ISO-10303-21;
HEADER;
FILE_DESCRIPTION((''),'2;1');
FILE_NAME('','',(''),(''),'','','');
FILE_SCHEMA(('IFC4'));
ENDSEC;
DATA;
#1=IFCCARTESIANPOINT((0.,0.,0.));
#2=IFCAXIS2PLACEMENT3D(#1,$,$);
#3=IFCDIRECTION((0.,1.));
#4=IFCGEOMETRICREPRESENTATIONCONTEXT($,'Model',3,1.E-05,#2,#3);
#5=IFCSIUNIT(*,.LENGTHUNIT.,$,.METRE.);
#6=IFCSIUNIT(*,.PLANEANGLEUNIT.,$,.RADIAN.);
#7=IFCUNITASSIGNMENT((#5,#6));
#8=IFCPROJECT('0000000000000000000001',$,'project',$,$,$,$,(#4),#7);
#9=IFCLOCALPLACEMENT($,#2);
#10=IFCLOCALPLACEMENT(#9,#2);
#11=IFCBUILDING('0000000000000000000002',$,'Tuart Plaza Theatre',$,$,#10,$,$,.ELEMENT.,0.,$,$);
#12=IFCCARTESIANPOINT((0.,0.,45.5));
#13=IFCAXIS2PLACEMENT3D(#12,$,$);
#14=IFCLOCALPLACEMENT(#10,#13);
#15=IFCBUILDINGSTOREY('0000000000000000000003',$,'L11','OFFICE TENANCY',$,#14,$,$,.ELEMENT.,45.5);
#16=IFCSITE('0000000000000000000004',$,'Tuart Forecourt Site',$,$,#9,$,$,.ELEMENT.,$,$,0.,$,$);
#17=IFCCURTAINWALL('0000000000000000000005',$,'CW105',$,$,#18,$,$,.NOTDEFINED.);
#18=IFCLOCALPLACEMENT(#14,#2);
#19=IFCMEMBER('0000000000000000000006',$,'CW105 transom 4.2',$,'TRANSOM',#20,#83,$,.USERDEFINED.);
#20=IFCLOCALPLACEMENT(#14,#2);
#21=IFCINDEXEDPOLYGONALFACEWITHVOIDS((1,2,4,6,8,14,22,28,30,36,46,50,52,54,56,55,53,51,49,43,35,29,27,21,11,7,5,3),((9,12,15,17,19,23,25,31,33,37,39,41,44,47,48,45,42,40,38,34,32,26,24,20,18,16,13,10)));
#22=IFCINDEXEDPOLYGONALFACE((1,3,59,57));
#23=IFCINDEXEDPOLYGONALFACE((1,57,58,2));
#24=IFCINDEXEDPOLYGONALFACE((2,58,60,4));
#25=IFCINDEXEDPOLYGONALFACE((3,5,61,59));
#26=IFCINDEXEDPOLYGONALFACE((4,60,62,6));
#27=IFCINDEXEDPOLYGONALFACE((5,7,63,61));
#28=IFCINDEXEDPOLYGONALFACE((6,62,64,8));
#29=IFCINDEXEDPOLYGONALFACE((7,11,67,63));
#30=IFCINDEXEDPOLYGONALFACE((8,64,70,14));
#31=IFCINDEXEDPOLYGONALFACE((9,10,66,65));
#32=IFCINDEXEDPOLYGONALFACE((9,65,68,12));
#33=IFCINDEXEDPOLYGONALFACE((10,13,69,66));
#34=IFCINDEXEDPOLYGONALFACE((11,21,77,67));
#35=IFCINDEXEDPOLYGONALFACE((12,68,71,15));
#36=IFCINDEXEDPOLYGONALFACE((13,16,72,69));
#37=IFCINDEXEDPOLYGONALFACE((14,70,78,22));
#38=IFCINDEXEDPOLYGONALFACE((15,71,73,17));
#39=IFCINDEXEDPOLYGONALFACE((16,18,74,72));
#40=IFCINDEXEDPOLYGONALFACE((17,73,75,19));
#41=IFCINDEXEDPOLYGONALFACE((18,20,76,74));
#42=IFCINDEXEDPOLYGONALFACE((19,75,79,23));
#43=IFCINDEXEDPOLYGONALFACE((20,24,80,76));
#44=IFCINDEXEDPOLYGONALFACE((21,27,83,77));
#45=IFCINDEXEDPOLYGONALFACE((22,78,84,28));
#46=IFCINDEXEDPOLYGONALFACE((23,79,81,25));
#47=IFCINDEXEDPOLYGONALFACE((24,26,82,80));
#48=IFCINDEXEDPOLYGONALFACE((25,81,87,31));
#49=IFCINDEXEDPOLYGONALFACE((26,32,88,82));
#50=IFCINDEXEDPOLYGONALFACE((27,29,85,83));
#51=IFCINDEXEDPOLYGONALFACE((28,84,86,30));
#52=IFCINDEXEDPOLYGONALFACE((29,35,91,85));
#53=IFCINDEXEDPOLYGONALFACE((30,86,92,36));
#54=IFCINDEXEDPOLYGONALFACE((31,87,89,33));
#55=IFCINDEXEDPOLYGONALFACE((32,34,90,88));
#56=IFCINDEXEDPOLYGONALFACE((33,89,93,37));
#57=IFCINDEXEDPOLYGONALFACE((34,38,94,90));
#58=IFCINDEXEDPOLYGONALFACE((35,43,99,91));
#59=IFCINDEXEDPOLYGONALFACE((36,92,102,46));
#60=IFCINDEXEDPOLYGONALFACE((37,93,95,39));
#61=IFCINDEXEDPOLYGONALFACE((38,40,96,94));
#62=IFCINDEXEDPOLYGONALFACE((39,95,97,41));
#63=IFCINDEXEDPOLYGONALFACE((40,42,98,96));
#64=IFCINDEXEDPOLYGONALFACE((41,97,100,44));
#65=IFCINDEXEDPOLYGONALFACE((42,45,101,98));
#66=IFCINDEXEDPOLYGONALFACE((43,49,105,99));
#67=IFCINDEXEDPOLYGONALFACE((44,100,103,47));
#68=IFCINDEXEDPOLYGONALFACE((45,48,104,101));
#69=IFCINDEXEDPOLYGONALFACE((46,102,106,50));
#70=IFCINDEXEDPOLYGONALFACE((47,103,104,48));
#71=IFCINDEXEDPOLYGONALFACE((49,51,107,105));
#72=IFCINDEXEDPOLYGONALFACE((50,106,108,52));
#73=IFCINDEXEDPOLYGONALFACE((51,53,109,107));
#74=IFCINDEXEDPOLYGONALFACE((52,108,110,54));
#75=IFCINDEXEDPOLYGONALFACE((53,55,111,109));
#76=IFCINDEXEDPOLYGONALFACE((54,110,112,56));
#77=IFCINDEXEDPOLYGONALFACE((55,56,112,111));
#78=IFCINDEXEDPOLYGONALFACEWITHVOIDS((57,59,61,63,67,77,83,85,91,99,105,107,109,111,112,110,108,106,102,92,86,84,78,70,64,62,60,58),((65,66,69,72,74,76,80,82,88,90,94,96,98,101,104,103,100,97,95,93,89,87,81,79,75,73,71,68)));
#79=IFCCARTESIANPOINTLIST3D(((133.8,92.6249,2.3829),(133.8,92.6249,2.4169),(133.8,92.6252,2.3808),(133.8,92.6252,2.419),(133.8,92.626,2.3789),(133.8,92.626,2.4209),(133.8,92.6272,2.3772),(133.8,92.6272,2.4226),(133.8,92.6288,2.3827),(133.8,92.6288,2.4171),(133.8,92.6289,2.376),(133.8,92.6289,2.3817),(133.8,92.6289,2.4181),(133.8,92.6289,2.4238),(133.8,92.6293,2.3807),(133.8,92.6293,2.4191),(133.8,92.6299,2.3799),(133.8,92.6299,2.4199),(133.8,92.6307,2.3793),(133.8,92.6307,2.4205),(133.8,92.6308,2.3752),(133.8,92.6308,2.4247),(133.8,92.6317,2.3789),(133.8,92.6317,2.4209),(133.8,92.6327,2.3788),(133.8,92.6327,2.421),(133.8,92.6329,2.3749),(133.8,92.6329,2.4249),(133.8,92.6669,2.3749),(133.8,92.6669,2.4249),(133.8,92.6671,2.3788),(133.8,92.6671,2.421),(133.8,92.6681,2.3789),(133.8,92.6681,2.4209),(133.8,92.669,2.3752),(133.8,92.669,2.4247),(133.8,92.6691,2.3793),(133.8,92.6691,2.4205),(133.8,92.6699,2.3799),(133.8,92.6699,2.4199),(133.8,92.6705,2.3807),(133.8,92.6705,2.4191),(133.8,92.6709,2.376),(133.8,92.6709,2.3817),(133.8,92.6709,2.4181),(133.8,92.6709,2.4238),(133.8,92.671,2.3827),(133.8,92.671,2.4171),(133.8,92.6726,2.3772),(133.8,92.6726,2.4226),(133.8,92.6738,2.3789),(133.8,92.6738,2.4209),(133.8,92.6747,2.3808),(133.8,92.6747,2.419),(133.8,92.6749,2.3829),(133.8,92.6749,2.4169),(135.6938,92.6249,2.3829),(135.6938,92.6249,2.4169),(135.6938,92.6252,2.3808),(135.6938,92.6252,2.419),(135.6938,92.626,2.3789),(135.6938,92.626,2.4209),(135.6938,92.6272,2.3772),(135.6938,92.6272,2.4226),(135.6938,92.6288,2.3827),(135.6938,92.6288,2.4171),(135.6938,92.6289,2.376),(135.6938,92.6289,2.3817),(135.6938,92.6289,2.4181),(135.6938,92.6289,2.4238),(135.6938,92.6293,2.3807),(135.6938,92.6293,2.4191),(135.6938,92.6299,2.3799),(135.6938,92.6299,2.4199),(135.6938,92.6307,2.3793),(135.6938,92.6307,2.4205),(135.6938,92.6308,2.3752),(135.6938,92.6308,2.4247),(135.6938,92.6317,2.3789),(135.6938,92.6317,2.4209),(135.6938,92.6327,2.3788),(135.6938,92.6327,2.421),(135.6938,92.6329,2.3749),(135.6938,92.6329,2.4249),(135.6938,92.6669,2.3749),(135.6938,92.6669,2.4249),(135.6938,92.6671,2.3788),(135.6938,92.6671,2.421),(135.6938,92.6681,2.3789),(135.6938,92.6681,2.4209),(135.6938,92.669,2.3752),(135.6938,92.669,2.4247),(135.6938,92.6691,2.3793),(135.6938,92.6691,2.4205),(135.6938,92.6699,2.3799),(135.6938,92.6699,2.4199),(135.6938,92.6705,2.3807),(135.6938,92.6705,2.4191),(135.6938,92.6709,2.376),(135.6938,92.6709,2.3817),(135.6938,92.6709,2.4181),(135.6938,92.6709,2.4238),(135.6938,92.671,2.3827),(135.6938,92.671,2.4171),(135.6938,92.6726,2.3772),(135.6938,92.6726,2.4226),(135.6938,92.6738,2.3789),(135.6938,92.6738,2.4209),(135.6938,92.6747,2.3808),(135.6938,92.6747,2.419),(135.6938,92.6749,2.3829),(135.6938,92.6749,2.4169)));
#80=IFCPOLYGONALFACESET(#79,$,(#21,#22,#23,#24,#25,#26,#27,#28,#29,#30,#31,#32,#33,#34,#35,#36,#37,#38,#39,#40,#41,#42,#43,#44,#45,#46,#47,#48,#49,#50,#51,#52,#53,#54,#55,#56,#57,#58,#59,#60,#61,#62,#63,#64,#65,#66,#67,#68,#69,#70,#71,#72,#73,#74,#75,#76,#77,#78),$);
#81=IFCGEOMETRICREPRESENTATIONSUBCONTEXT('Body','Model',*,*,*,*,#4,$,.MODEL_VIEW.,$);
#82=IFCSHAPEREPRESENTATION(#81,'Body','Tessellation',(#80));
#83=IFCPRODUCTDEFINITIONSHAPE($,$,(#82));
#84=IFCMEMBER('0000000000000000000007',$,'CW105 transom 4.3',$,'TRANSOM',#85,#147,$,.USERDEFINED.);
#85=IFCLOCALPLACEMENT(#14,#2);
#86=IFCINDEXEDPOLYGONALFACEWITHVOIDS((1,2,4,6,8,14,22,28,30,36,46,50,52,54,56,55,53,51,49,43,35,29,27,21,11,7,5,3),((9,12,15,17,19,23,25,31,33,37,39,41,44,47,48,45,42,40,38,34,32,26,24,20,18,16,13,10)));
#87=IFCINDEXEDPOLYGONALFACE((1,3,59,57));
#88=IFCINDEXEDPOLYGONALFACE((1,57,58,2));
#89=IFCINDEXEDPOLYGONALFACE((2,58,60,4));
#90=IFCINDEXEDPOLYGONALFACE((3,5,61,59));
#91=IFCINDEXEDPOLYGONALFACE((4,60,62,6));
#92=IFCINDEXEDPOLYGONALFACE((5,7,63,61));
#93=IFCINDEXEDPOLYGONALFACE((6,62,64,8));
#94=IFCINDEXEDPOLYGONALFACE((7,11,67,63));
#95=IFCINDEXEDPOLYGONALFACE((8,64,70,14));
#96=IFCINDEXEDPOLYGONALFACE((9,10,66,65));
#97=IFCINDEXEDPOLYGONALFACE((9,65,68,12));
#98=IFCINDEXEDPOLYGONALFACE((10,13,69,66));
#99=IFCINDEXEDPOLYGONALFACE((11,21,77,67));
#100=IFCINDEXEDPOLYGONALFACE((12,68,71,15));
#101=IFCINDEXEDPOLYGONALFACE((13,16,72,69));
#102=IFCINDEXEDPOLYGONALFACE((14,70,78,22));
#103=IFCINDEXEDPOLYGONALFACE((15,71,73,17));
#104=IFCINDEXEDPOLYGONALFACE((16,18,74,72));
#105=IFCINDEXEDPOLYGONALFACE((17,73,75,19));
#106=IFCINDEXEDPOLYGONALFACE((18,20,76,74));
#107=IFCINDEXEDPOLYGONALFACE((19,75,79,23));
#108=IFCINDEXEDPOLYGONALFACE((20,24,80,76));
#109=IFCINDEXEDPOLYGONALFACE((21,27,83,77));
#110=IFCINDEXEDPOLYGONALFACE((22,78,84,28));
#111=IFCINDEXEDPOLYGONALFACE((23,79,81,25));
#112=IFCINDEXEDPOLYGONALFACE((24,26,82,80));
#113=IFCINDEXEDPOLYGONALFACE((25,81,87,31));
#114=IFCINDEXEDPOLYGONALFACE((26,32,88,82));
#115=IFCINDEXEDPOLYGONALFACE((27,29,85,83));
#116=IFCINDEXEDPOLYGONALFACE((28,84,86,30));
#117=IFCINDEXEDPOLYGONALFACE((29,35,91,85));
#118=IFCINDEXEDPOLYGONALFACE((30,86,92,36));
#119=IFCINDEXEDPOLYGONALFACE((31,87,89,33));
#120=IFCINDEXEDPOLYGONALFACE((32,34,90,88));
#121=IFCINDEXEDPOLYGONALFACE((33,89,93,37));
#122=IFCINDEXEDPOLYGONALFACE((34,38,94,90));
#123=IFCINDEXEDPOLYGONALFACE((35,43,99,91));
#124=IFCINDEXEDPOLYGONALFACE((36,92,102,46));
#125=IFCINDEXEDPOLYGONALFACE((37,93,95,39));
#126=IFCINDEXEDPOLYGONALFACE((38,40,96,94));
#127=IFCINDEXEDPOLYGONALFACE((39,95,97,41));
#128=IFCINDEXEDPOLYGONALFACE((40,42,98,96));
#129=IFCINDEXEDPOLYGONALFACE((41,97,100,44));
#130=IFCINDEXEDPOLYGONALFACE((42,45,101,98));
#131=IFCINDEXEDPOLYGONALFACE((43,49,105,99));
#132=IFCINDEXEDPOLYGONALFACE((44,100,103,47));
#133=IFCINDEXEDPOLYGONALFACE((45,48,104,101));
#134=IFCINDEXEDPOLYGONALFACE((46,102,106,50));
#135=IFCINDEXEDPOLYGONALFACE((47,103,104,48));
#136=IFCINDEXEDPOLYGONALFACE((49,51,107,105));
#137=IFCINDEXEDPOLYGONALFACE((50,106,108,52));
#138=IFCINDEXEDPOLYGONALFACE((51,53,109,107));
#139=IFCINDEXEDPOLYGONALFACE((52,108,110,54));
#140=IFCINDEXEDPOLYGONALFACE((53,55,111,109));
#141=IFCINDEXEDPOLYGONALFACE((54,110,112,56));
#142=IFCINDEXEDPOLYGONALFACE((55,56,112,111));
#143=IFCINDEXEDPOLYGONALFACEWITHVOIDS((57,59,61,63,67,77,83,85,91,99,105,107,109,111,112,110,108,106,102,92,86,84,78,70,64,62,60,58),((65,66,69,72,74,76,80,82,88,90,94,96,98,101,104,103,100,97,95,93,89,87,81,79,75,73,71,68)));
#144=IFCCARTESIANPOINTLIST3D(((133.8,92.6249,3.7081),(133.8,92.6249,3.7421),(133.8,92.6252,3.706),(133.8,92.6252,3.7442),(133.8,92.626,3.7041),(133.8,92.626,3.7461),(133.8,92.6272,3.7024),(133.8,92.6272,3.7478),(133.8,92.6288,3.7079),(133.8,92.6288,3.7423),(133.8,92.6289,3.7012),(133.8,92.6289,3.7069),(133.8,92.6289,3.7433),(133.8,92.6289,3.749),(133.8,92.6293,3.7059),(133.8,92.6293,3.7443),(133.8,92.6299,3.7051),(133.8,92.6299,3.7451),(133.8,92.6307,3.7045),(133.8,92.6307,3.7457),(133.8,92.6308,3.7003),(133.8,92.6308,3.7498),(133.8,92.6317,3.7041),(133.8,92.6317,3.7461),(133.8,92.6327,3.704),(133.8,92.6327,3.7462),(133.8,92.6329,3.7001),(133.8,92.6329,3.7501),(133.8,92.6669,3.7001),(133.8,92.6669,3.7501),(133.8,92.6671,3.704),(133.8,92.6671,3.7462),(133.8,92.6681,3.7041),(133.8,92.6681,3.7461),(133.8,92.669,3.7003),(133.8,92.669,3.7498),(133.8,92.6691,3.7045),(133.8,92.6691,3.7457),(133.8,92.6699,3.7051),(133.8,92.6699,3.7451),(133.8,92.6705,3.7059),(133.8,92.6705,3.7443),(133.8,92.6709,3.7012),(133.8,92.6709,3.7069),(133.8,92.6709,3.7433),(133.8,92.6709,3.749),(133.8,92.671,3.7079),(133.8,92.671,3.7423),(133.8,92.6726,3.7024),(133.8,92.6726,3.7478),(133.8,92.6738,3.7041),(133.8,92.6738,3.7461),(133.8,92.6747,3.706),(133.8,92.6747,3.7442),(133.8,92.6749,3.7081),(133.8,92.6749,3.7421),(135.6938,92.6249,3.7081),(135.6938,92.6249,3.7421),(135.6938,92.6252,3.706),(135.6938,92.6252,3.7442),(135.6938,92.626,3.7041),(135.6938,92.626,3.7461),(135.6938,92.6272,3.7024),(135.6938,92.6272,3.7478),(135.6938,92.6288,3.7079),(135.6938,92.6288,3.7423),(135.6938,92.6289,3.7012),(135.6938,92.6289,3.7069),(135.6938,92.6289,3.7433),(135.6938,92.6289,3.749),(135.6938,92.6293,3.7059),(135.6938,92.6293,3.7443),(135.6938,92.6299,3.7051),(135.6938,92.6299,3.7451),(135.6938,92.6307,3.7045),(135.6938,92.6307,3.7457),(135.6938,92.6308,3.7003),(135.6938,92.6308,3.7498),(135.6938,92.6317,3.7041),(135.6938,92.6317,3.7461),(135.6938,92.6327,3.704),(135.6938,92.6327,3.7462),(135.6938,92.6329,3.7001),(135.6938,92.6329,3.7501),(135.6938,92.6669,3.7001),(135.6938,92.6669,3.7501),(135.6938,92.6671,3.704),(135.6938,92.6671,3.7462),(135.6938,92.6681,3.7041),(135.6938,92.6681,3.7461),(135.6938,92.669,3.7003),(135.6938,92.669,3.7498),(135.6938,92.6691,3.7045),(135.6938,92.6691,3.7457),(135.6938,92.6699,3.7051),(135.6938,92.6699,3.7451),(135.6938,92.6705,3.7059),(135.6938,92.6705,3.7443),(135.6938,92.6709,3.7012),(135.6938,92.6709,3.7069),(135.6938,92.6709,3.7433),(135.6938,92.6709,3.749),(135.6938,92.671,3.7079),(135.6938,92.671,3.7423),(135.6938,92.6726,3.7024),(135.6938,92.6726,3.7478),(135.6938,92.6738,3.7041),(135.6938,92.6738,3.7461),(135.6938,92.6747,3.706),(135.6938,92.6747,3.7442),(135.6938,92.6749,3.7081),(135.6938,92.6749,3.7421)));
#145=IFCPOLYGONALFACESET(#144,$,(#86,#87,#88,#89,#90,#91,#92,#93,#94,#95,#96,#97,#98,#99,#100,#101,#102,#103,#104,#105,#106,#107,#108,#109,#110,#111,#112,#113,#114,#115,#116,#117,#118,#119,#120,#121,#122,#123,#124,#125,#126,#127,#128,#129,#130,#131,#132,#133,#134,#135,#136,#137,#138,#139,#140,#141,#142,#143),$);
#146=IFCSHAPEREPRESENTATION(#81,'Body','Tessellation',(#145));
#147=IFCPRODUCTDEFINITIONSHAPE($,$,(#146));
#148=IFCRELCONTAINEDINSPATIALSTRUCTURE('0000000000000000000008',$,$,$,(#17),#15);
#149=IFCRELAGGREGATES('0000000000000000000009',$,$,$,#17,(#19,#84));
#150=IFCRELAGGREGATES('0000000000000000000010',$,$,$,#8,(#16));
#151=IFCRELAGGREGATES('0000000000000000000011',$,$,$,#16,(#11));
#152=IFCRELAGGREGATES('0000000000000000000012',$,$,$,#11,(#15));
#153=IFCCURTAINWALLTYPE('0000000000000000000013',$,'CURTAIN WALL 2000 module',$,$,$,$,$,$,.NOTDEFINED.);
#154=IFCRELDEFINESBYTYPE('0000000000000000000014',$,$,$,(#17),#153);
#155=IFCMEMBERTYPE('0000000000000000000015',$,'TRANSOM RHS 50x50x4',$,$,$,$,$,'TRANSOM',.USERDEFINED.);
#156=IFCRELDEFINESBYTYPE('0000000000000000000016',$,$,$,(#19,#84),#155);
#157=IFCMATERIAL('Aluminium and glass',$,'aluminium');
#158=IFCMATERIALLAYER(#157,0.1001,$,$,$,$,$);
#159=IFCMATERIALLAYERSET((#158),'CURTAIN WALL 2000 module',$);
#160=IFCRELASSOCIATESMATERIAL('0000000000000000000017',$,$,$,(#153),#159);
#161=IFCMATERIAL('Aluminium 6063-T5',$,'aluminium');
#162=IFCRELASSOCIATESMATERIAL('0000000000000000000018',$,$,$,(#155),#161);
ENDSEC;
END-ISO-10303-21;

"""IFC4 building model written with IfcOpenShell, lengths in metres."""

from ifc_helpers import new_model, si_unit, direction, frame, origin, origin_2d, place, context, subcontext, project, spatial, hollow_rectangle, extrude, material, layer, layer_set, material_profile, profile_set, type_object, element, aggregate, save


model = new_model("IFC4")

# Units and contexts
model_context = context("Model", 3, precision=1e-05, world=origin(), true_north=direction((0.0, 1.0)))
body_context = subcontext(model_context, "Body", "Model", "MODEL_VIEW")
ifc_project = project(units=[si_unit("LENGTHUNIT", "METRE"), si_unit("PLANEANGLEUNIT", "RADIAN")], contexts=[model_context])

# Site, building, storey
site_placement = place(None, origin())
site = spatial("IfcSite", under=ifc_project, at=site_placement, Name="Tuart Forecourt Site", CompositionType="ELEMENT", RefElevation=0.0)
building_placement = place(site_placement, origin())
building = spatial("IfcBuilding", under=site, at=building_placement, Name="Tuart Plaza Theatre", CompositionType="ELEMENT", ElevationOfRefHeight=0.0)
storey_placement = place(building_placement, frame((0.0, 0.0, 45.5)))
storey = spatial("IfcBuildingStorey", under=building, at=storey_placement, Name="L11", Description="OFFICE TENANCY", CompositionType="ELEMENT", Elevation=45.5)

# Curtain wall, members
ifc_material_1 = material(Name="Aluminium and glass", Category="aluminium")
ifc_layer_1 = layer(ifc_material_1, 0.1001)
ifc_layer_set_1 = layer_set([ifc_layer_1], Name="CURTAIN WALL 2000 module")
curtain_wall_type = type_object("IfcCurtainWallType", Name="CURTAIN WALL 2000 module", PredefinedType="NOTDEFINED", material=ifc_layer_set_1)
curtain_wall_placement = place(storey_placement, origin())
curtain_wall = element("IfcCurtainWall", 1, at=curtain_wall_placement, inside=storey, type_object=curtain_wall_type, Name="CW105", PredefinedType="NOTDEFINED")
ifc_material_2 = material(Name="Aluminium 6063-T5", Category="aluminium")
ifc_material_profile_1 = material_profile(ifc_material_2, hollow_rectangle(XDim=0.05, YDim=0.05, WallThickness=0.0039, InnerFilletRadius=0.0039, OuterFilletRadius=0.0081, at=origin_2d()), Name="RHS 50x50x4")
ifc_profile_set_1 = profile_set([ifc_material_profile_1], Name="Aluminium 6063-T5")
member_type_1 = type_object("IfcMemberType", Name="TRANSOM RHS 50x50x4", ElementType="TRANSOM", PredefinedType="USERDEFINED", material=ifc_profile_set_1)
member_1_placement = place(storey_placement, frame((135.6938, 92.6499, 2.3999), z_axis=(-1.0, 0.0, 0.0), x_axis=(0.0, -1.0, 0.0)))
member_1 = element("IfcMember", 2, at=member_1_placement, type_object=member_type_1, Name="CW105 transom 4.2", ObjectType="TRANSOM", PredefinedType="USERDEFINED", context=body_context, shape_type="SweptSolid", body=[
    extrude(hollow_rectangle(XDim=0.05, YDim=0.05, WallThickness=0.0039, InnerFilletRadius=0.0039, OuterFilletRadius=0.0081, at=origin_2d()), origin(), (0.0, 0.0, 1.0), 1.8938),
])
member_2_placement = place(storey_placement, frame((135.6938, 92.6499, 3.7251), z_axis=(-1.0, 0.0, 0.0), x_axis=(0.0, -1.0, 0.0)))
member_2 = element("IfcMember", 3, at=member_2_placement, type_object=member_type_1, Name="CW105 transom 4.3", ObjectType="TRANSOM", PredefinedType="USERDEFINED", context=body_context, shape_type="SweptSolid", body=[
    extrude(hollow_rectangle(XDim=0.05, YDim=0.05, WallThickness=0.0039, InnerFilletRadius=0.0039, OuterFilletRadius=0.0081, at=origin_2d()), origin(), (0.0, 0.0, 1.0), 1.8938),
])
aggregate(curtain_wall, [member_1, member_2])

save(model, "model.ifc")
